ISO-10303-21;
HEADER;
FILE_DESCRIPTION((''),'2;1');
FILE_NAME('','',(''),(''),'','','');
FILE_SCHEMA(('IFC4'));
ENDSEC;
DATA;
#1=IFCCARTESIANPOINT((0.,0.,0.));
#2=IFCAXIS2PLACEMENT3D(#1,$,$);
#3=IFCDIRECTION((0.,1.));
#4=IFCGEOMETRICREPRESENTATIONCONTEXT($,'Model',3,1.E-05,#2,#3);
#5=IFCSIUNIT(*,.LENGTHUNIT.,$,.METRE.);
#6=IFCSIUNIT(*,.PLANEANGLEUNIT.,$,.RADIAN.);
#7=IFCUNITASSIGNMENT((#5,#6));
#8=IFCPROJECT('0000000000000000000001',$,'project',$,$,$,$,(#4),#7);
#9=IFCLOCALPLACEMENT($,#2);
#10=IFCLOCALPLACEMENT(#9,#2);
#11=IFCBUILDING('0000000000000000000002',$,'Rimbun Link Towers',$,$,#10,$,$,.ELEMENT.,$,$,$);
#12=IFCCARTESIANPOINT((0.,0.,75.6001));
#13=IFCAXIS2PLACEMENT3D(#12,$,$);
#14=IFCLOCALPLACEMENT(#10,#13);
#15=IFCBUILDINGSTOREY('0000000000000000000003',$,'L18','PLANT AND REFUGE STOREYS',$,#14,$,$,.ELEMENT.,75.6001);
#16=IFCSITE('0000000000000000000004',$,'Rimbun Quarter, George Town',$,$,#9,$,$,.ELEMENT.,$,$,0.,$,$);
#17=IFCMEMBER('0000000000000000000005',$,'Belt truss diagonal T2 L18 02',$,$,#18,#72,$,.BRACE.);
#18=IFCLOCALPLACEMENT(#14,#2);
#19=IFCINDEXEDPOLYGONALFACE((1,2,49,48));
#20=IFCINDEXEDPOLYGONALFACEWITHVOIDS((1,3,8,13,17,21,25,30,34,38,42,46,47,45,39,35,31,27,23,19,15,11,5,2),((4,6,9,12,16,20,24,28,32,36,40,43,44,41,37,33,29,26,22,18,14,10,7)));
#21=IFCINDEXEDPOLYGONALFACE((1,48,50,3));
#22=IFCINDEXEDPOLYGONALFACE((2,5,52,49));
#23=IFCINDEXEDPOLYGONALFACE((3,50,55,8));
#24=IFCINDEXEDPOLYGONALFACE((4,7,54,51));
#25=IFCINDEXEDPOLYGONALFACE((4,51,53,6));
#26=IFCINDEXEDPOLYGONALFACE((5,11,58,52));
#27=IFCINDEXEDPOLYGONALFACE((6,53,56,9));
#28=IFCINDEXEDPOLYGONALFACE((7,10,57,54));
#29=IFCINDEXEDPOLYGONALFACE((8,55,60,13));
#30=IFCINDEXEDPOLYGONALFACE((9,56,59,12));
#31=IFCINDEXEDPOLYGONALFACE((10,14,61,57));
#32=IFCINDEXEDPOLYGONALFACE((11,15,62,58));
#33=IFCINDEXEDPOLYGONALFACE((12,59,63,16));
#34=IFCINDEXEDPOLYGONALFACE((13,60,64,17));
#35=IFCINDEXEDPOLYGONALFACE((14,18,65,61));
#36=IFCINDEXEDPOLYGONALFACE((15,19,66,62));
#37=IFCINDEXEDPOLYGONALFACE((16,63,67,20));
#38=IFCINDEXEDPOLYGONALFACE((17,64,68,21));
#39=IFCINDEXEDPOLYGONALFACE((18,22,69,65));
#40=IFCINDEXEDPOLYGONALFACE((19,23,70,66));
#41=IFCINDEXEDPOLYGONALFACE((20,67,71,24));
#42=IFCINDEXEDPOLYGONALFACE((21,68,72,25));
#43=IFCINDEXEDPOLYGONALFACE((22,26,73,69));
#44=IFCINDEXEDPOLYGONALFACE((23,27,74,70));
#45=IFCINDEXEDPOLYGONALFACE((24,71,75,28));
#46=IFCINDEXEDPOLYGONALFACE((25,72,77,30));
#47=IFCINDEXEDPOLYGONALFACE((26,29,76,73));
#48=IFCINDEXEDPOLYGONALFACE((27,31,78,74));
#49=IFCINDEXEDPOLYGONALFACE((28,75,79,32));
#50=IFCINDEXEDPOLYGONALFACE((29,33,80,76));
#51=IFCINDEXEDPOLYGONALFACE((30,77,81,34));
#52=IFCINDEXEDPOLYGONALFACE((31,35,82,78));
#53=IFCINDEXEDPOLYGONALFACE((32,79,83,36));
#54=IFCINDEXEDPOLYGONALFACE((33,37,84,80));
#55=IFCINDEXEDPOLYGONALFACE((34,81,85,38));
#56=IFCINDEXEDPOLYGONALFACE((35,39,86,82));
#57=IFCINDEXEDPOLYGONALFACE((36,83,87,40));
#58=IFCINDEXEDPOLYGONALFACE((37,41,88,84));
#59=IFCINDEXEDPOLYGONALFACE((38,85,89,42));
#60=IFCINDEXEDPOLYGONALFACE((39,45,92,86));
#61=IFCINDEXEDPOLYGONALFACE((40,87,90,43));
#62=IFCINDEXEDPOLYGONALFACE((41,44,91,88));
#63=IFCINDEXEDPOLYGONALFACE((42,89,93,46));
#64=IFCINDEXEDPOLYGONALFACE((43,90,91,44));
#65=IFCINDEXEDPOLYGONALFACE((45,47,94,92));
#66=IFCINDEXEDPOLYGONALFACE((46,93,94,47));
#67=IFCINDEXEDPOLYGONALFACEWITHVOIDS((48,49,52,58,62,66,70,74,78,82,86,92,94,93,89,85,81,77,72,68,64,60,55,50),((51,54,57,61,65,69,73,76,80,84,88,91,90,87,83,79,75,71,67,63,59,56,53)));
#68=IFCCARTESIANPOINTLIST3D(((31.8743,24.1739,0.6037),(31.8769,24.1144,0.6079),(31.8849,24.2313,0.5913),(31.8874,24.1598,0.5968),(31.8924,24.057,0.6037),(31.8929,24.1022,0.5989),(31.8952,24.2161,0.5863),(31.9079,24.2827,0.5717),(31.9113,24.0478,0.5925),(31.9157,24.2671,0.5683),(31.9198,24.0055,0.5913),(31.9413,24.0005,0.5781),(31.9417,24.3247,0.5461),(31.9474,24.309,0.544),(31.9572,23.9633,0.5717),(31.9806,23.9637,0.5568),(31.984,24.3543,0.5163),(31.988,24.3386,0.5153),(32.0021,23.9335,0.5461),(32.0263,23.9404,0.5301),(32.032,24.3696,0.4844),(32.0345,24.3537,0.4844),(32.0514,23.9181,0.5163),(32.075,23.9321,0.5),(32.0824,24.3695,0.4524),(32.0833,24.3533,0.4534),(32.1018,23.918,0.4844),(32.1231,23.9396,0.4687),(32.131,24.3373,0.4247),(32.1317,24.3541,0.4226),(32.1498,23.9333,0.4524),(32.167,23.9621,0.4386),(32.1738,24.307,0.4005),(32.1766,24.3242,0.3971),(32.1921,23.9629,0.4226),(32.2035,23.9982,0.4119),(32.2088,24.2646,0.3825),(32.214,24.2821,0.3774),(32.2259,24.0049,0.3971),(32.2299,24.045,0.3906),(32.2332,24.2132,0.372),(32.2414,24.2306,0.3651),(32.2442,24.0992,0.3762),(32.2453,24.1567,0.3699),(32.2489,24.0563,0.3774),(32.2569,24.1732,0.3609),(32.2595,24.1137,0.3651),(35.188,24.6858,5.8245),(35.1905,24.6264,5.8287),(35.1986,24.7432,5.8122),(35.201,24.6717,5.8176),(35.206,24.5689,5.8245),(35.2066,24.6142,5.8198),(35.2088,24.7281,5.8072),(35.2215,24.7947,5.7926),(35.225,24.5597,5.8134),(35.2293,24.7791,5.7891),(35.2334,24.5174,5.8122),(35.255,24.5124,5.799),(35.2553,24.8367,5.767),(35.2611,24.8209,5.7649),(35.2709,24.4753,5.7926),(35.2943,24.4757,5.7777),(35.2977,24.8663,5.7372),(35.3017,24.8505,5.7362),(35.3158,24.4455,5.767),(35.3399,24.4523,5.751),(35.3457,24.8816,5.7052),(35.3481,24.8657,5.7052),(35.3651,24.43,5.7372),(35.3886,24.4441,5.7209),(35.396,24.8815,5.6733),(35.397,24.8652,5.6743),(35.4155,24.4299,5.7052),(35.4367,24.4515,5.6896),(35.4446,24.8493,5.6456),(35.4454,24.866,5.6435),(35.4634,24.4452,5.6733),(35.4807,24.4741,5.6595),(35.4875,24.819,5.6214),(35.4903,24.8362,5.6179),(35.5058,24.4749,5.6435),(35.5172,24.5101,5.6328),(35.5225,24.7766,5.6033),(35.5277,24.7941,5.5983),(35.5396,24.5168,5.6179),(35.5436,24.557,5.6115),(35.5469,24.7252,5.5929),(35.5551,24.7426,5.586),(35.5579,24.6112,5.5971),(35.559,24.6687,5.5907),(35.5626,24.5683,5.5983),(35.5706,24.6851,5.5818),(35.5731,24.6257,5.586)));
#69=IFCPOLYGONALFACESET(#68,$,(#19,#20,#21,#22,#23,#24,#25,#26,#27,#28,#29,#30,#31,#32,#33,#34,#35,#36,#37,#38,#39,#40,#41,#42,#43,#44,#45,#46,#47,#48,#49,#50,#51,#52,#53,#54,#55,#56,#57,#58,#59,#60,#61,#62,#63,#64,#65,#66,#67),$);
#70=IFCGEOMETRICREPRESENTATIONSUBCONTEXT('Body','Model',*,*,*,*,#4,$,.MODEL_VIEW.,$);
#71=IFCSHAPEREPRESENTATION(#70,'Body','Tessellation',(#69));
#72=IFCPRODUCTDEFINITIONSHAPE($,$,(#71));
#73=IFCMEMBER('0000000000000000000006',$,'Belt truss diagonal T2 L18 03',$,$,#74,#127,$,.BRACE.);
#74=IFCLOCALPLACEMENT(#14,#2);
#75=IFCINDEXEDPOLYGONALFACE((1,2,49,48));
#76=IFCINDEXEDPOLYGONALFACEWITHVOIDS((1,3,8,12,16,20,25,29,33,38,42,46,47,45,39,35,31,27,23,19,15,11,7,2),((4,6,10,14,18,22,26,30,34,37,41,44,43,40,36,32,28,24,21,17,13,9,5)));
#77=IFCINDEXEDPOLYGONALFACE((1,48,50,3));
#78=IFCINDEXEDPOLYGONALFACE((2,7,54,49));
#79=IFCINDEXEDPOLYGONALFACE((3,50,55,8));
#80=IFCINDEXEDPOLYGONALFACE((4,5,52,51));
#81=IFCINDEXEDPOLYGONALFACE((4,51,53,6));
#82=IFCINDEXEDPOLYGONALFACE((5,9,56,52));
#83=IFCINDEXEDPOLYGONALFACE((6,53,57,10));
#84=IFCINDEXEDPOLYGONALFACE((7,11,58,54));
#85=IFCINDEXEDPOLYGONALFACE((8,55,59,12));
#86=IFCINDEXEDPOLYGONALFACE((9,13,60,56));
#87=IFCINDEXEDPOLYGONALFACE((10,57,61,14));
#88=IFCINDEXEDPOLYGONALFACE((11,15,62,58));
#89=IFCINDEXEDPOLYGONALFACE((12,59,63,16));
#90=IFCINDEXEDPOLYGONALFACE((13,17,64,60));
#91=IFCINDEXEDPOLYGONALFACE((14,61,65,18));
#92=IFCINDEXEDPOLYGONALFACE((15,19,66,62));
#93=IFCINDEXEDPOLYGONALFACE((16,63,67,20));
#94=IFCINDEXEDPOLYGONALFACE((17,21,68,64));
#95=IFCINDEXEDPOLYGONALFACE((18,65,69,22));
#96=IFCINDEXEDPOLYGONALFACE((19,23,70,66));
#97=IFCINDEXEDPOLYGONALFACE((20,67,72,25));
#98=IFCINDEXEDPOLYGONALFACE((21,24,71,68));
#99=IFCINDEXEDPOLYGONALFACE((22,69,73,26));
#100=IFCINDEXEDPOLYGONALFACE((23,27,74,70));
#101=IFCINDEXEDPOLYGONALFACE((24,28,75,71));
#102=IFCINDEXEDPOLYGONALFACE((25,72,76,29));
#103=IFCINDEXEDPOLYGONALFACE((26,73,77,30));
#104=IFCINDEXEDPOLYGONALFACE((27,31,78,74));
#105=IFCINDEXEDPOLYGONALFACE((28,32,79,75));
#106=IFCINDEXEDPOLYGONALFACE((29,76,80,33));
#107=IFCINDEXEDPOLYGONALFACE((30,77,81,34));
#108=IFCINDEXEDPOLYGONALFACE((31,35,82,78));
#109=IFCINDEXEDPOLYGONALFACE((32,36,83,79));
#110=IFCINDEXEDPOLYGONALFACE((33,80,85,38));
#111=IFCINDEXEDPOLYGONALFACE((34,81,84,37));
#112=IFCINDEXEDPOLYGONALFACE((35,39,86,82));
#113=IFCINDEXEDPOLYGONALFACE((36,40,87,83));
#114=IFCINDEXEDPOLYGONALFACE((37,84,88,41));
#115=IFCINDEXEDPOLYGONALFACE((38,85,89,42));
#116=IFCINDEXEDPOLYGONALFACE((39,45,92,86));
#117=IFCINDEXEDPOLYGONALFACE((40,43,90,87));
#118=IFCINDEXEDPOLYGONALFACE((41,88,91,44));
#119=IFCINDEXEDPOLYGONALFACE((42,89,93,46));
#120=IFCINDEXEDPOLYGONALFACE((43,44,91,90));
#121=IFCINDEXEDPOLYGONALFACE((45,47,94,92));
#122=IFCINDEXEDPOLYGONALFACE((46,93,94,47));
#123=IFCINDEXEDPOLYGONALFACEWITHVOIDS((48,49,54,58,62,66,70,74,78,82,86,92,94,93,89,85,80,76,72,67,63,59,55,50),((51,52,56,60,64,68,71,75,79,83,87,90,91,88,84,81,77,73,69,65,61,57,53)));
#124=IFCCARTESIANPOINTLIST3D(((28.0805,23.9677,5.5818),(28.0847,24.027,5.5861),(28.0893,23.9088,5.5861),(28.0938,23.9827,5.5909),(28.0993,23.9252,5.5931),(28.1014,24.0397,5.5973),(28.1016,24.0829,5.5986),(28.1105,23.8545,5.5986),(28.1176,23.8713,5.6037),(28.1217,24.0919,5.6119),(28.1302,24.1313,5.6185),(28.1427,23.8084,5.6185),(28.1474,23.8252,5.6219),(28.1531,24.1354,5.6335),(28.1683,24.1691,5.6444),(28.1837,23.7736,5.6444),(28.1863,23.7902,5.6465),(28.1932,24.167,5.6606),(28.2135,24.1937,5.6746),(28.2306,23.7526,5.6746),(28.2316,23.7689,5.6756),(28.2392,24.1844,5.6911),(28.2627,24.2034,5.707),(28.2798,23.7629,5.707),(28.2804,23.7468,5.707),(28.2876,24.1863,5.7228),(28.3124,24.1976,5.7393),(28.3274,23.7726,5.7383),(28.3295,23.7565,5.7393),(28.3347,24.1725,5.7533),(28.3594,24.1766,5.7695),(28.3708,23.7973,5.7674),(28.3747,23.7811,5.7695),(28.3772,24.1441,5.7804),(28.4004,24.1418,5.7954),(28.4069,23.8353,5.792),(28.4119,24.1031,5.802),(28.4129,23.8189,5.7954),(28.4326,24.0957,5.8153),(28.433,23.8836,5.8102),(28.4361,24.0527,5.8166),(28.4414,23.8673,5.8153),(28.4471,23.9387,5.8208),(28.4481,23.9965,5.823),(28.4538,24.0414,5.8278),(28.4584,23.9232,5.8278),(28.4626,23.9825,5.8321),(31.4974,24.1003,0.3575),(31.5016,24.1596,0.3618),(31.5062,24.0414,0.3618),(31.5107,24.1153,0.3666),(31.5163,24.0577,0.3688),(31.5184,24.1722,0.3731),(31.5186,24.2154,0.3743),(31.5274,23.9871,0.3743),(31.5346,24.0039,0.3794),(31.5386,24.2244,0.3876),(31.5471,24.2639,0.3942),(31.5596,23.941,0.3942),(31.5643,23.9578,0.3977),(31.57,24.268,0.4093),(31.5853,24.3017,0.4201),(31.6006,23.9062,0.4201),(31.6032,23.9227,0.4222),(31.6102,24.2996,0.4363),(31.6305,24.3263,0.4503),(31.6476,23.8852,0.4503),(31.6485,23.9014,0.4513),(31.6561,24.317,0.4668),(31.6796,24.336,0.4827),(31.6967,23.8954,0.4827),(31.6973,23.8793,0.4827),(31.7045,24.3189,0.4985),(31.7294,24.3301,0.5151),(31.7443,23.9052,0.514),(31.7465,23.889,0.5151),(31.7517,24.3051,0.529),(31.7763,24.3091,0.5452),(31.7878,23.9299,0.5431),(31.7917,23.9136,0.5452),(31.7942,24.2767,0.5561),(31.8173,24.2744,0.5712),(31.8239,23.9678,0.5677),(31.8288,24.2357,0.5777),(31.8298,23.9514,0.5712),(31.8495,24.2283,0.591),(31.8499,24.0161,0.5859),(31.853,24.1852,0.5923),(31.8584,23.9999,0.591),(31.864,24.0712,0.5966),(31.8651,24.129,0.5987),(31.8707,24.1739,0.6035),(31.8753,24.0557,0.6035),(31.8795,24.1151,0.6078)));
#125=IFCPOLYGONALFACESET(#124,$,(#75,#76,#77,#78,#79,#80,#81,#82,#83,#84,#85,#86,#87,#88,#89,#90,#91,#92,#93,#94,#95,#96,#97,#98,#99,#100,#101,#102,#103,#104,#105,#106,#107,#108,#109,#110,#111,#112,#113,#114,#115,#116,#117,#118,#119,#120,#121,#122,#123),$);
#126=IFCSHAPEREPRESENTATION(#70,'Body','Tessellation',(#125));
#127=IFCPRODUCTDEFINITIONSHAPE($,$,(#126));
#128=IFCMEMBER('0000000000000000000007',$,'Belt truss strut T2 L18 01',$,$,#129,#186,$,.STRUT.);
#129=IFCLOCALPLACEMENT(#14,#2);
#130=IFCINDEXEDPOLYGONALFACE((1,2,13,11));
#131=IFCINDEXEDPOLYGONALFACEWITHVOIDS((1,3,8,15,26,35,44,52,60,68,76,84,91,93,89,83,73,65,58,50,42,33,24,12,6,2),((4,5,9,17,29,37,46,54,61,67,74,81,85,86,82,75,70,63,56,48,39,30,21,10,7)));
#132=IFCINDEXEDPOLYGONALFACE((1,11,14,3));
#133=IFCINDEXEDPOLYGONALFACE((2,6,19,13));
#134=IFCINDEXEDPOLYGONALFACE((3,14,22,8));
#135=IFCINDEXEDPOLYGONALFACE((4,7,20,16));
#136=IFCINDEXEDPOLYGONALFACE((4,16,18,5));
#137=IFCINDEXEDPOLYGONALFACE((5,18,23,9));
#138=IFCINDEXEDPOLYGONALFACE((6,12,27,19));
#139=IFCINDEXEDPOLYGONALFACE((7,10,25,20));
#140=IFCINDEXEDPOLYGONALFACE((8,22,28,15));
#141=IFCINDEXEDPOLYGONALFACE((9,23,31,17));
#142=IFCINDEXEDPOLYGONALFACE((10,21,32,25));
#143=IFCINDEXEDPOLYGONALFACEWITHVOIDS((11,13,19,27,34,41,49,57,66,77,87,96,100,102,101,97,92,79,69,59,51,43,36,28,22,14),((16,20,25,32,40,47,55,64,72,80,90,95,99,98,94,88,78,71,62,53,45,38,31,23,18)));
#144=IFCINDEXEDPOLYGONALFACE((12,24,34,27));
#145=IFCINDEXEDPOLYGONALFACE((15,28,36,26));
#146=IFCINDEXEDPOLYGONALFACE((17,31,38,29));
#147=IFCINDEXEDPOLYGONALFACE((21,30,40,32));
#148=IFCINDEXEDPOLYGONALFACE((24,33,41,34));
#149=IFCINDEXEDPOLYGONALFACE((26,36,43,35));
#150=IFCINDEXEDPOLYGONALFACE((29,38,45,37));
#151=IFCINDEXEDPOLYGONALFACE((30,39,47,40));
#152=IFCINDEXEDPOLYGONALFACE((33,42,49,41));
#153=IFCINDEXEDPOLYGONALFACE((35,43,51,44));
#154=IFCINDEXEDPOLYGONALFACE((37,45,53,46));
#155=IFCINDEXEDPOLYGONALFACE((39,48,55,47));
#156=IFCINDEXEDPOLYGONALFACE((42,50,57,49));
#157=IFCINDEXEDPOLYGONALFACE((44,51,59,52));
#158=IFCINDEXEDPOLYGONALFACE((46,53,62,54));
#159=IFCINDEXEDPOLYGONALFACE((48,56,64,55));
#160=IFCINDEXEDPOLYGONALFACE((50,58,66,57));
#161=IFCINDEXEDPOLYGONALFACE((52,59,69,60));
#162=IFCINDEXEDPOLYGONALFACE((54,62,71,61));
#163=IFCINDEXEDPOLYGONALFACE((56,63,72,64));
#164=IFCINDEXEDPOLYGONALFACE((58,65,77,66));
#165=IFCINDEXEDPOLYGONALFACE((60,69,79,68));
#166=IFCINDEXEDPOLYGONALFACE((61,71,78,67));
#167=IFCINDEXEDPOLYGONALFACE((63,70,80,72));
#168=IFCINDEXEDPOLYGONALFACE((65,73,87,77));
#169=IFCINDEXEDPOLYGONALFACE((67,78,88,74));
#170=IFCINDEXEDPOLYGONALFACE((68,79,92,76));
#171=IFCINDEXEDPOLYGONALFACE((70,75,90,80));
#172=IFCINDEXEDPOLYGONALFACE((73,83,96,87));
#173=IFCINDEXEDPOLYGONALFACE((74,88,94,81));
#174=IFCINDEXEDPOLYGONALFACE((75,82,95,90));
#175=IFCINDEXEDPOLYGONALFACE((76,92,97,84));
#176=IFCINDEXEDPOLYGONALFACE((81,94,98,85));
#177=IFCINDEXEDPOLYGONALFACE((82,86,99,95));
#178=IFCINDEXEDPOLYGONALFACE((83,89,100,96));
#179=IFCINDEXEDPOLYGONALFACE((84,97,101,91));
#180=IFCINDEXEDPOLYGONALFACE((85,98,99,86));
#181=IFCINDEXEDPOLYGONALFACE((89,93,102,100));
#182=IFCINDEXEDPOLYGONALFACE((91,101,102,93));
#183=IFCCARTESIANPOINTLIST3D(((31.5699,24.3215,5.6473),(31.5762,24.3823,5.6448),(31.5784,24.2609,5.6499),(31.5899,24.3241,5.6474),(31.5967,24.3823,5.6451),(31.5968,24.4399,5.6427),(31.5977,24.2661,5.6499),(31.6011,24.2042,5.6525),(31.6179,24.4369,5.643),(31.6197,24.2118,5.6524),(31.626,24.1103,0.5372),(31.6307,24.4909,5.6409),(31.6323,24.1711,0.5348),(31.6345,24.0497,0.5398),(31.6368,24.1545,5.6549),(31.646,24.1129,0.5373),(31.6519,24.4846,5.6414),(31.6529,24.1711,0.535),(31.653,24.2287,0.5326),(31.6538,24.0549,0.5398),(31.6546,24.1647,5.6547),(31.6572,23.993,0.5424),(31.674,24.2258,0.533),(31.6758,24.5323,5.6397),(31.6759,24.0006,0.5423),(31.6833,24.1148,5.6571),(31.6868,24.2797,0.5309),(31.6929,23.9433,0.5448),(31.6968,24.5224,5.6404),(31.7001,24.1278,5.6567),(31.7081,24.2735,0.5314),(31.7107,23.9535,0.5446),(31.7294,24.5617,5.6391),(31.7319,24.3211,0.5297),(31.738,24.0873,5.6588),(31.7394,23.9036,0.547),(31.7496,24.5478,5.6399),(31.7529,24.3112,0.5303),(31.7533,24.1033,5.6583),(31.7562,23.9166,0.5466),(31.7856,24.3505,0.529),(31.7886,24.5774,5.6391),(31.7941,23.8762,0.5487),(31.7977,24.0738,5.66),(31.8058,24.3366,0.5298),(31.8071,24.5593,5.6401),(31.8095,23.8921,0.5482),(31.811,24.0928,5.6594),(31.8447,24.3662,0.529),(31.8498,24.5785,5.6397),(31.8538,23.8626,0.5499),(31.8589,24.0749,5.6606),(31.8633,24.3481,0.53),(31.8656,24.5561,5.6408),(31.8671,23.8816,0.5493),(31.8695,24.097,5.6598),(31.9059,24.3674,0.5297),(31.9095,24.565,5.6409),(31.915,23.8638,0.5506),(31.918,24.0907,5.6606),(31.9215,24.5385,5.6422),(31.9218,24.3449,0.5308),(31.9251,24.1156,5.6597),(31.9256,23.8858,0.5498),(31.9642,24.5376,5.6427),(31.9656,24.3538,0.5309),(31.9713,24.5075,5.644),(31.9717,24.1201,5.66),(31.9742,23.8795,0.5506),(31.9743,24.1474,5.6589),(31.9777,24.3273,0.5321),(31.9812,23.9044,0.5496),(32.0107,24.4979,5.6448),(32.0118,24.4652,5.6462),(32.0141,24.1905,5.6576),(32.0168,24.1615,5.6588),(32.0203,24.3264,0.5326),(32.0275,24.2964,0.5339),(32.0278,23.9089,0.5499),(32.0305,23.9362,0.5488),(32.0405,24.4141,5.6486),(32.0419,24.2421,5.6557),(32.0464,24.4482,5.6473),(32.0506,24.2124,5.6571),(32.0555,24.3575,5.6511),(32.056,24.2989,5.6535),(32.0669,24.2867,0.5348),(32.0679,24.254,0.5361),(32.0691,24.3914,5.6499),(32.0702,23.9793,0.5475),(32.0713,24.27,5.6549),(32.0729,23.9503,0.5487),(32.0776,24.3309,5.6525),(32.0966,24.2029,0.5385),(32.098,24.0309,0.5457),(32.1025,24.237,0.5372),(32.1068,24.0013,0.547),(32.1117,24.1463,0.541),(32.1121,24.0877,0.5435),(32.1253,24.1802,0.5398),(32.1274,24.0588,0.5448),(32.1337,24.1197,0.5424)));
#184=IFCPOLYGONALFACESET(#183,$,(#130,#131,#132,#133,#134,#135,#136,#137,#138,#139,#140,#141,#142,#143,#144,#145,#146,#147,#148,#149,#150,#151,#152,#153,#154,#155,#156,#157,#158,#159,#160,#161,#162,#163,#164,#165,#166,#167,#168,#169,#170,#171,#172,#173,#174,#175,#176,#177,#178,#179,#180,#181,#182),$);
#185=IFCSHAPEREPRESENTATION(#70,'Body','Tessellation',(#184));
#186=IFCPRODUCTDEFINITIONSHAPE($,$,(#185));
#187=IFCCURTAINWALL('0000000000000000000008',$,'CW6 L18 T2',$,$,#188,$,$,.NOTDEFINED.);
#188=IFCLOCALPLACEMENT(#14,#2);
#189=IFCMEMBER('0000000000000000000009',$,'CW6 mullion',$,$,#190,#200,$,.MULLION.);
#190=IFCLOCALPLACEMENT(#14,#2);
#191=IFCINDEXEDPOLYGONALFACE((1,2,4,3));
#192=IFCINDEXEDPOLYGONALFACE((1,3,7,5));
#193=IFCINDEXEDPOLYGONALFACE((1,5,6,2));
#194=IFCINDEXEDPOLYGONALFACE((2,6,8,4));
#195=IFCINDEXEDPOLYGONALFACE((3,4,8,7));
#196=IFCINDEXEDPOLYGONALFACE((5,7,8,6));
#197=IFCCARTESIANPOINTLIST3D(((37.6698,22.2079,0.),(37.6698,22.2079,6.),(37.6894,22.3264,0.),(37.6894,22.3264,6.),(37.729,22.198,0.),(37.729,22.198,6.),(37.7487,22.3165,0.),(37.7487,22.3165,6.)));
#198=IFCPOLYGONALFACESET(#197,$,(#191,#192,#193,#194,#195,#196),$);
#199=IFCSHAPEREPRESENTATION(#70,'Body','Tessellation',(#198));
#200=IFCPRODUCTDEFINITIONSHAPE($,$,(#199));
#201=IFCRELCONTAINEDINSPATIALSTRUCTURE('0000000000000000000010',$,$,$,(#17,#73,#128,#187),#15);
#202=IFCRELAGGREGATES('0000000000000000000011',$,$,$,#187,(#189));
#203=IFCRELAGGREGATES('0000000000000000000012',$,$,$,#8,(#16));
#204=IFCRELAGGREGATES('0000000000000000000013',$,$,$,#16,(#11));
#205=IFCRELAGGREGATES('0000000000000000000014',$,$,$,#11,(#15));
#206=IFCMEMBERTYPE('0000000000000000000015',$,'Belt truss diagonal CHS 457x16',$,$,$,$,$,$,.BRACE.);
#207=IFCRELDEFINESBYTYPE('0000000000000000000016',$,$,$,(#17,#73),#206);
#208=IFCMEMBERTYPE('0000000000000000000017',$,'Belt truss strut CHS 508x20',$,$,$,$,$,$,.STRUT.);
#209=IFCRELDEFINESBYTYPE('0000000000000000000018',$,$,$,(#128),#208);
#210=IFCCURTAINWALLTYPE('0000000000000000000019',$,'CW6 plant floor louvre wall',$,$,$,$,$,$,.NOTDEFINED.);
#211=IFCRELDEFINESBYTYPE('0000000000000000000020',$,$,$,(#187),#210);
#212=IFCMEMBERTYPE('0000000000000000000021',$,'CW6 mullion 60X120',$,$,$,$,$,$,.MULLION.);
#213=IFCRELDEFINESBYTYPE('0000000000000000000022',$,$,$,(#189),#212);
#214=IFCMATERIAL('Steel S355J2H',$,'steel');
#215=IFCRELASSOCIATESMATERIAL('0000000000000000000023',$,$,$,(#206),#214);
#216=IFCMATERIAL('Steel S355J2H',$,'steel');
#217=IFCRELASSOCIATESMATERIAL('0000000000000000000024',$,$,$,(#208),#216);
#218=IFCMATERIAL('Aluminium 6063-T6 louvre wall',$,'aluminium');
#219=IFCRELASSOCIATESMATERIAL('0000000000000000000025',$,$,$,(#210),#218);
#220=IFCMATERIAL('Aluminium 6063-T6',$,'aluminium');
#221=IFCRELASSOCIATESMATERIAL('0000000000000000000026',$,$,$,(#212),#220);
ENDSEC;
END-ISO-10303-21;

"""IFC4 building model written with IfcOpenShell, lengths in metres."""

from ifc_helpers import new_model, si_unit, direction, frame, origin, origin_2d, place, context, subcontext, project, spatial, rectangle, hollow_circle, extrude, material, material_profile, profile_set, type_object, element, aggregate, save


model = new_model("IFC4")

# Units and contexts
model_context = context("Model", 3, precision=1e-05, world=origin(), true_north=direction((0.0, 1.0)))
body_context = subcontext(model_context, "Body", "Model", "MODEL_VIEW")
ifc_project = project(units=[si_unit("LENGTHUNIT", "METRE"), si_unit("PLANEANGLEUNIT", "RADIAN")], contexts=[model_context])

# Site, building, storey
site_placement = place(None, origin())
site = spatial("IfcSite", under=ifc_project, at=site_placement, Name="Rimbun Quarter, George Town", CompositionType="ELEMENT", RefElevation=0.0)
building_placement = place(site_placement, origin())
building = spatial("IfcBuilding", under=site, at=building_placement, Name="Rimbun Link Towers", CompositionType="ELEMENT")
storey_placement = place(building_placement, frame((0.0, 0.0, 75.6001)))
storey = spatial("IfcBuildingStorey", under=building, at=storey_placement, Name="L18", Description="PLANT AND REFUGE STOREYS", CompositionType="ELEMENT", Elevation=75.6001)

# Members
ifc_material_1 = material(Name="Steel S355J2H", Category="steel")
ifc_material_profile_1 = material_profile(ifc_material_1, hollow_circle(Radius=0.2285, WallThickness=0.0161, at=origin_2d()), Name="Belt truss diagonal CHS 457x16")
ifc_profile_set_1 = profile_set([ifc_material_profile_1], Name="Steel S355J2H")
member_type_1 = type_object("IfcMemberType", Name="Belt truss diagonal CHS 457x16", PredefinedType="BRACE", material=ifc_profile_set_1)
member_1_placement = place(storey_placement, frame((32.0669, 24.1438, 0.4844), z_axis=(0.534047, 0.082509, 0.841419), x_axis=(-0.152686, 0.988275, 0.0)))
element("IfcMember", 1, at=member_1_placement, inside=storey, type_object=member_type_1, Name="Belt truss diagonal T2 L18 02", PredefinedType="BRACE", context=body_context, shape_type="SweptSolid", body=[
    extrude(hollow_circle(Radius=0.2285, WallThickness=0.0161, at=origin_2d()), origin(), (0.0, 0.0, 1.0), 6.2048),
])
member_2_placement = place(storey_placement, frame((31.6885, 24.1077, 0.4827), z_axis=(-0.547245, -0.021231, 0.836703), x_axis=(0.038768, -0.999248, 0.0)))
element("IfcMember", 2, at=member_2_placement, inside=storey, type_object=member_type_1, Name="Belt truss diagonal T2 L18 03", PredefinedType="BRACE", context=body_context, shape_type="SweptSolid", body=[
    extrude(hollow_circle(Radius=0.2285, WallThickness=0.0161, at=origin_2d()), origin(), (0.0, 0.0, 1.0), 6.2439),
])
ifc_material_2 = material(Name="Steel S355J2H", Category="steel")
ifc_material_profile_2 = material_profile(ifc_material_2, hollow_circle(Radius=0.2539, WallThickness=0.02, at=origin_2d()), Name="Belt truss strut CHS 508x20")
ifc_profile_set_2 = profile_set([ifc_material_profile_2], Name="Steel S355J2H")
member_type_2 = type_object("IfcMemberType", Name="Belt truss strut CHS 508x20", PredefinedType="STRUT", material=ifc_profile_set_2)
member_3_placement = place(storey_placement, frame((31.8799, 24.115, 0.5398), z_axis=(-0.010978, 0.041289, 0.999087), x_axis=(-0.96642, -0.256967, 0.0)))
element("IfcMember", 3, at=member_3_placement, inside=storey, type_object=member_type_2, Name="Belt truss strut T2 L18 01", PredefinedType="STRUT", context=body_context, shape_type="SweptSolid", body=[
    extrude(hollow_circle(Radius=0.2539, WallThickness=0.02, at=origin_2d()), origin(), (0.0, 0.0, 1.0), 5.1147),
])

# Curtain wall, member
ifc_material_3 = material(Name="Aluminium 6063-T6 louvre wall", Category="aluminium")
curtain_wall_type = type_object("IfcCurtainWallType", Name="CW6 plant floor louvre wall", PredefinedType="NOTDEFINED", material=ifc_material_3)
curtain_wall_placement = place(storey_placement, origin())
curtain_wall = element("IfcCurtainWall", 4, at=curtain_wall_placement, inside=storey, type_object=curtain_wall_type, Name="CW6 L18 T2", PredefinedType="NOTDEFINED")
ifc_material_4 = material(Name="Aluminium 6063-T6", Category="aluminium")
ifc_material_profile_3 = material_profile(ifc_material_4, rectangle(XDim=0.1201, YDim=0.0601, at=origin_2d()), Name="MULLION 60X120")
ifc_profile_set_3 = profile_set([ifc_material_profile_3], Name="Aluminium 6063-T6")
member_type_3 = type_object("IfcMemberType", Name="CW6 mullion 60X120", PredefinedType="MULLION", material=ifc_profile_set_3)
member_4_placement = place(storey_placement, frame((37.7092, 22.2622, 0.0), z_axis=(0.0, 0.0, 1.0), x_axis=(0.163745, 0.986503, 0.0)))
member_4 = element("IfcMember", 5, at=member_4_placement, type_object=member_type_3, Name="CW6 mullion", PredefinedType="MULLION", context=body_context, shape_type="SweptSolid", body=[
    extrude(rectangle(XDim=0.1201, YDim=0.0601, at=origin_2d()), origin(), (0.0, 0.0, 1.0), 6.0),
])

aggregate(curtain_wall, [member_4])

save(model, "model.ifc")
